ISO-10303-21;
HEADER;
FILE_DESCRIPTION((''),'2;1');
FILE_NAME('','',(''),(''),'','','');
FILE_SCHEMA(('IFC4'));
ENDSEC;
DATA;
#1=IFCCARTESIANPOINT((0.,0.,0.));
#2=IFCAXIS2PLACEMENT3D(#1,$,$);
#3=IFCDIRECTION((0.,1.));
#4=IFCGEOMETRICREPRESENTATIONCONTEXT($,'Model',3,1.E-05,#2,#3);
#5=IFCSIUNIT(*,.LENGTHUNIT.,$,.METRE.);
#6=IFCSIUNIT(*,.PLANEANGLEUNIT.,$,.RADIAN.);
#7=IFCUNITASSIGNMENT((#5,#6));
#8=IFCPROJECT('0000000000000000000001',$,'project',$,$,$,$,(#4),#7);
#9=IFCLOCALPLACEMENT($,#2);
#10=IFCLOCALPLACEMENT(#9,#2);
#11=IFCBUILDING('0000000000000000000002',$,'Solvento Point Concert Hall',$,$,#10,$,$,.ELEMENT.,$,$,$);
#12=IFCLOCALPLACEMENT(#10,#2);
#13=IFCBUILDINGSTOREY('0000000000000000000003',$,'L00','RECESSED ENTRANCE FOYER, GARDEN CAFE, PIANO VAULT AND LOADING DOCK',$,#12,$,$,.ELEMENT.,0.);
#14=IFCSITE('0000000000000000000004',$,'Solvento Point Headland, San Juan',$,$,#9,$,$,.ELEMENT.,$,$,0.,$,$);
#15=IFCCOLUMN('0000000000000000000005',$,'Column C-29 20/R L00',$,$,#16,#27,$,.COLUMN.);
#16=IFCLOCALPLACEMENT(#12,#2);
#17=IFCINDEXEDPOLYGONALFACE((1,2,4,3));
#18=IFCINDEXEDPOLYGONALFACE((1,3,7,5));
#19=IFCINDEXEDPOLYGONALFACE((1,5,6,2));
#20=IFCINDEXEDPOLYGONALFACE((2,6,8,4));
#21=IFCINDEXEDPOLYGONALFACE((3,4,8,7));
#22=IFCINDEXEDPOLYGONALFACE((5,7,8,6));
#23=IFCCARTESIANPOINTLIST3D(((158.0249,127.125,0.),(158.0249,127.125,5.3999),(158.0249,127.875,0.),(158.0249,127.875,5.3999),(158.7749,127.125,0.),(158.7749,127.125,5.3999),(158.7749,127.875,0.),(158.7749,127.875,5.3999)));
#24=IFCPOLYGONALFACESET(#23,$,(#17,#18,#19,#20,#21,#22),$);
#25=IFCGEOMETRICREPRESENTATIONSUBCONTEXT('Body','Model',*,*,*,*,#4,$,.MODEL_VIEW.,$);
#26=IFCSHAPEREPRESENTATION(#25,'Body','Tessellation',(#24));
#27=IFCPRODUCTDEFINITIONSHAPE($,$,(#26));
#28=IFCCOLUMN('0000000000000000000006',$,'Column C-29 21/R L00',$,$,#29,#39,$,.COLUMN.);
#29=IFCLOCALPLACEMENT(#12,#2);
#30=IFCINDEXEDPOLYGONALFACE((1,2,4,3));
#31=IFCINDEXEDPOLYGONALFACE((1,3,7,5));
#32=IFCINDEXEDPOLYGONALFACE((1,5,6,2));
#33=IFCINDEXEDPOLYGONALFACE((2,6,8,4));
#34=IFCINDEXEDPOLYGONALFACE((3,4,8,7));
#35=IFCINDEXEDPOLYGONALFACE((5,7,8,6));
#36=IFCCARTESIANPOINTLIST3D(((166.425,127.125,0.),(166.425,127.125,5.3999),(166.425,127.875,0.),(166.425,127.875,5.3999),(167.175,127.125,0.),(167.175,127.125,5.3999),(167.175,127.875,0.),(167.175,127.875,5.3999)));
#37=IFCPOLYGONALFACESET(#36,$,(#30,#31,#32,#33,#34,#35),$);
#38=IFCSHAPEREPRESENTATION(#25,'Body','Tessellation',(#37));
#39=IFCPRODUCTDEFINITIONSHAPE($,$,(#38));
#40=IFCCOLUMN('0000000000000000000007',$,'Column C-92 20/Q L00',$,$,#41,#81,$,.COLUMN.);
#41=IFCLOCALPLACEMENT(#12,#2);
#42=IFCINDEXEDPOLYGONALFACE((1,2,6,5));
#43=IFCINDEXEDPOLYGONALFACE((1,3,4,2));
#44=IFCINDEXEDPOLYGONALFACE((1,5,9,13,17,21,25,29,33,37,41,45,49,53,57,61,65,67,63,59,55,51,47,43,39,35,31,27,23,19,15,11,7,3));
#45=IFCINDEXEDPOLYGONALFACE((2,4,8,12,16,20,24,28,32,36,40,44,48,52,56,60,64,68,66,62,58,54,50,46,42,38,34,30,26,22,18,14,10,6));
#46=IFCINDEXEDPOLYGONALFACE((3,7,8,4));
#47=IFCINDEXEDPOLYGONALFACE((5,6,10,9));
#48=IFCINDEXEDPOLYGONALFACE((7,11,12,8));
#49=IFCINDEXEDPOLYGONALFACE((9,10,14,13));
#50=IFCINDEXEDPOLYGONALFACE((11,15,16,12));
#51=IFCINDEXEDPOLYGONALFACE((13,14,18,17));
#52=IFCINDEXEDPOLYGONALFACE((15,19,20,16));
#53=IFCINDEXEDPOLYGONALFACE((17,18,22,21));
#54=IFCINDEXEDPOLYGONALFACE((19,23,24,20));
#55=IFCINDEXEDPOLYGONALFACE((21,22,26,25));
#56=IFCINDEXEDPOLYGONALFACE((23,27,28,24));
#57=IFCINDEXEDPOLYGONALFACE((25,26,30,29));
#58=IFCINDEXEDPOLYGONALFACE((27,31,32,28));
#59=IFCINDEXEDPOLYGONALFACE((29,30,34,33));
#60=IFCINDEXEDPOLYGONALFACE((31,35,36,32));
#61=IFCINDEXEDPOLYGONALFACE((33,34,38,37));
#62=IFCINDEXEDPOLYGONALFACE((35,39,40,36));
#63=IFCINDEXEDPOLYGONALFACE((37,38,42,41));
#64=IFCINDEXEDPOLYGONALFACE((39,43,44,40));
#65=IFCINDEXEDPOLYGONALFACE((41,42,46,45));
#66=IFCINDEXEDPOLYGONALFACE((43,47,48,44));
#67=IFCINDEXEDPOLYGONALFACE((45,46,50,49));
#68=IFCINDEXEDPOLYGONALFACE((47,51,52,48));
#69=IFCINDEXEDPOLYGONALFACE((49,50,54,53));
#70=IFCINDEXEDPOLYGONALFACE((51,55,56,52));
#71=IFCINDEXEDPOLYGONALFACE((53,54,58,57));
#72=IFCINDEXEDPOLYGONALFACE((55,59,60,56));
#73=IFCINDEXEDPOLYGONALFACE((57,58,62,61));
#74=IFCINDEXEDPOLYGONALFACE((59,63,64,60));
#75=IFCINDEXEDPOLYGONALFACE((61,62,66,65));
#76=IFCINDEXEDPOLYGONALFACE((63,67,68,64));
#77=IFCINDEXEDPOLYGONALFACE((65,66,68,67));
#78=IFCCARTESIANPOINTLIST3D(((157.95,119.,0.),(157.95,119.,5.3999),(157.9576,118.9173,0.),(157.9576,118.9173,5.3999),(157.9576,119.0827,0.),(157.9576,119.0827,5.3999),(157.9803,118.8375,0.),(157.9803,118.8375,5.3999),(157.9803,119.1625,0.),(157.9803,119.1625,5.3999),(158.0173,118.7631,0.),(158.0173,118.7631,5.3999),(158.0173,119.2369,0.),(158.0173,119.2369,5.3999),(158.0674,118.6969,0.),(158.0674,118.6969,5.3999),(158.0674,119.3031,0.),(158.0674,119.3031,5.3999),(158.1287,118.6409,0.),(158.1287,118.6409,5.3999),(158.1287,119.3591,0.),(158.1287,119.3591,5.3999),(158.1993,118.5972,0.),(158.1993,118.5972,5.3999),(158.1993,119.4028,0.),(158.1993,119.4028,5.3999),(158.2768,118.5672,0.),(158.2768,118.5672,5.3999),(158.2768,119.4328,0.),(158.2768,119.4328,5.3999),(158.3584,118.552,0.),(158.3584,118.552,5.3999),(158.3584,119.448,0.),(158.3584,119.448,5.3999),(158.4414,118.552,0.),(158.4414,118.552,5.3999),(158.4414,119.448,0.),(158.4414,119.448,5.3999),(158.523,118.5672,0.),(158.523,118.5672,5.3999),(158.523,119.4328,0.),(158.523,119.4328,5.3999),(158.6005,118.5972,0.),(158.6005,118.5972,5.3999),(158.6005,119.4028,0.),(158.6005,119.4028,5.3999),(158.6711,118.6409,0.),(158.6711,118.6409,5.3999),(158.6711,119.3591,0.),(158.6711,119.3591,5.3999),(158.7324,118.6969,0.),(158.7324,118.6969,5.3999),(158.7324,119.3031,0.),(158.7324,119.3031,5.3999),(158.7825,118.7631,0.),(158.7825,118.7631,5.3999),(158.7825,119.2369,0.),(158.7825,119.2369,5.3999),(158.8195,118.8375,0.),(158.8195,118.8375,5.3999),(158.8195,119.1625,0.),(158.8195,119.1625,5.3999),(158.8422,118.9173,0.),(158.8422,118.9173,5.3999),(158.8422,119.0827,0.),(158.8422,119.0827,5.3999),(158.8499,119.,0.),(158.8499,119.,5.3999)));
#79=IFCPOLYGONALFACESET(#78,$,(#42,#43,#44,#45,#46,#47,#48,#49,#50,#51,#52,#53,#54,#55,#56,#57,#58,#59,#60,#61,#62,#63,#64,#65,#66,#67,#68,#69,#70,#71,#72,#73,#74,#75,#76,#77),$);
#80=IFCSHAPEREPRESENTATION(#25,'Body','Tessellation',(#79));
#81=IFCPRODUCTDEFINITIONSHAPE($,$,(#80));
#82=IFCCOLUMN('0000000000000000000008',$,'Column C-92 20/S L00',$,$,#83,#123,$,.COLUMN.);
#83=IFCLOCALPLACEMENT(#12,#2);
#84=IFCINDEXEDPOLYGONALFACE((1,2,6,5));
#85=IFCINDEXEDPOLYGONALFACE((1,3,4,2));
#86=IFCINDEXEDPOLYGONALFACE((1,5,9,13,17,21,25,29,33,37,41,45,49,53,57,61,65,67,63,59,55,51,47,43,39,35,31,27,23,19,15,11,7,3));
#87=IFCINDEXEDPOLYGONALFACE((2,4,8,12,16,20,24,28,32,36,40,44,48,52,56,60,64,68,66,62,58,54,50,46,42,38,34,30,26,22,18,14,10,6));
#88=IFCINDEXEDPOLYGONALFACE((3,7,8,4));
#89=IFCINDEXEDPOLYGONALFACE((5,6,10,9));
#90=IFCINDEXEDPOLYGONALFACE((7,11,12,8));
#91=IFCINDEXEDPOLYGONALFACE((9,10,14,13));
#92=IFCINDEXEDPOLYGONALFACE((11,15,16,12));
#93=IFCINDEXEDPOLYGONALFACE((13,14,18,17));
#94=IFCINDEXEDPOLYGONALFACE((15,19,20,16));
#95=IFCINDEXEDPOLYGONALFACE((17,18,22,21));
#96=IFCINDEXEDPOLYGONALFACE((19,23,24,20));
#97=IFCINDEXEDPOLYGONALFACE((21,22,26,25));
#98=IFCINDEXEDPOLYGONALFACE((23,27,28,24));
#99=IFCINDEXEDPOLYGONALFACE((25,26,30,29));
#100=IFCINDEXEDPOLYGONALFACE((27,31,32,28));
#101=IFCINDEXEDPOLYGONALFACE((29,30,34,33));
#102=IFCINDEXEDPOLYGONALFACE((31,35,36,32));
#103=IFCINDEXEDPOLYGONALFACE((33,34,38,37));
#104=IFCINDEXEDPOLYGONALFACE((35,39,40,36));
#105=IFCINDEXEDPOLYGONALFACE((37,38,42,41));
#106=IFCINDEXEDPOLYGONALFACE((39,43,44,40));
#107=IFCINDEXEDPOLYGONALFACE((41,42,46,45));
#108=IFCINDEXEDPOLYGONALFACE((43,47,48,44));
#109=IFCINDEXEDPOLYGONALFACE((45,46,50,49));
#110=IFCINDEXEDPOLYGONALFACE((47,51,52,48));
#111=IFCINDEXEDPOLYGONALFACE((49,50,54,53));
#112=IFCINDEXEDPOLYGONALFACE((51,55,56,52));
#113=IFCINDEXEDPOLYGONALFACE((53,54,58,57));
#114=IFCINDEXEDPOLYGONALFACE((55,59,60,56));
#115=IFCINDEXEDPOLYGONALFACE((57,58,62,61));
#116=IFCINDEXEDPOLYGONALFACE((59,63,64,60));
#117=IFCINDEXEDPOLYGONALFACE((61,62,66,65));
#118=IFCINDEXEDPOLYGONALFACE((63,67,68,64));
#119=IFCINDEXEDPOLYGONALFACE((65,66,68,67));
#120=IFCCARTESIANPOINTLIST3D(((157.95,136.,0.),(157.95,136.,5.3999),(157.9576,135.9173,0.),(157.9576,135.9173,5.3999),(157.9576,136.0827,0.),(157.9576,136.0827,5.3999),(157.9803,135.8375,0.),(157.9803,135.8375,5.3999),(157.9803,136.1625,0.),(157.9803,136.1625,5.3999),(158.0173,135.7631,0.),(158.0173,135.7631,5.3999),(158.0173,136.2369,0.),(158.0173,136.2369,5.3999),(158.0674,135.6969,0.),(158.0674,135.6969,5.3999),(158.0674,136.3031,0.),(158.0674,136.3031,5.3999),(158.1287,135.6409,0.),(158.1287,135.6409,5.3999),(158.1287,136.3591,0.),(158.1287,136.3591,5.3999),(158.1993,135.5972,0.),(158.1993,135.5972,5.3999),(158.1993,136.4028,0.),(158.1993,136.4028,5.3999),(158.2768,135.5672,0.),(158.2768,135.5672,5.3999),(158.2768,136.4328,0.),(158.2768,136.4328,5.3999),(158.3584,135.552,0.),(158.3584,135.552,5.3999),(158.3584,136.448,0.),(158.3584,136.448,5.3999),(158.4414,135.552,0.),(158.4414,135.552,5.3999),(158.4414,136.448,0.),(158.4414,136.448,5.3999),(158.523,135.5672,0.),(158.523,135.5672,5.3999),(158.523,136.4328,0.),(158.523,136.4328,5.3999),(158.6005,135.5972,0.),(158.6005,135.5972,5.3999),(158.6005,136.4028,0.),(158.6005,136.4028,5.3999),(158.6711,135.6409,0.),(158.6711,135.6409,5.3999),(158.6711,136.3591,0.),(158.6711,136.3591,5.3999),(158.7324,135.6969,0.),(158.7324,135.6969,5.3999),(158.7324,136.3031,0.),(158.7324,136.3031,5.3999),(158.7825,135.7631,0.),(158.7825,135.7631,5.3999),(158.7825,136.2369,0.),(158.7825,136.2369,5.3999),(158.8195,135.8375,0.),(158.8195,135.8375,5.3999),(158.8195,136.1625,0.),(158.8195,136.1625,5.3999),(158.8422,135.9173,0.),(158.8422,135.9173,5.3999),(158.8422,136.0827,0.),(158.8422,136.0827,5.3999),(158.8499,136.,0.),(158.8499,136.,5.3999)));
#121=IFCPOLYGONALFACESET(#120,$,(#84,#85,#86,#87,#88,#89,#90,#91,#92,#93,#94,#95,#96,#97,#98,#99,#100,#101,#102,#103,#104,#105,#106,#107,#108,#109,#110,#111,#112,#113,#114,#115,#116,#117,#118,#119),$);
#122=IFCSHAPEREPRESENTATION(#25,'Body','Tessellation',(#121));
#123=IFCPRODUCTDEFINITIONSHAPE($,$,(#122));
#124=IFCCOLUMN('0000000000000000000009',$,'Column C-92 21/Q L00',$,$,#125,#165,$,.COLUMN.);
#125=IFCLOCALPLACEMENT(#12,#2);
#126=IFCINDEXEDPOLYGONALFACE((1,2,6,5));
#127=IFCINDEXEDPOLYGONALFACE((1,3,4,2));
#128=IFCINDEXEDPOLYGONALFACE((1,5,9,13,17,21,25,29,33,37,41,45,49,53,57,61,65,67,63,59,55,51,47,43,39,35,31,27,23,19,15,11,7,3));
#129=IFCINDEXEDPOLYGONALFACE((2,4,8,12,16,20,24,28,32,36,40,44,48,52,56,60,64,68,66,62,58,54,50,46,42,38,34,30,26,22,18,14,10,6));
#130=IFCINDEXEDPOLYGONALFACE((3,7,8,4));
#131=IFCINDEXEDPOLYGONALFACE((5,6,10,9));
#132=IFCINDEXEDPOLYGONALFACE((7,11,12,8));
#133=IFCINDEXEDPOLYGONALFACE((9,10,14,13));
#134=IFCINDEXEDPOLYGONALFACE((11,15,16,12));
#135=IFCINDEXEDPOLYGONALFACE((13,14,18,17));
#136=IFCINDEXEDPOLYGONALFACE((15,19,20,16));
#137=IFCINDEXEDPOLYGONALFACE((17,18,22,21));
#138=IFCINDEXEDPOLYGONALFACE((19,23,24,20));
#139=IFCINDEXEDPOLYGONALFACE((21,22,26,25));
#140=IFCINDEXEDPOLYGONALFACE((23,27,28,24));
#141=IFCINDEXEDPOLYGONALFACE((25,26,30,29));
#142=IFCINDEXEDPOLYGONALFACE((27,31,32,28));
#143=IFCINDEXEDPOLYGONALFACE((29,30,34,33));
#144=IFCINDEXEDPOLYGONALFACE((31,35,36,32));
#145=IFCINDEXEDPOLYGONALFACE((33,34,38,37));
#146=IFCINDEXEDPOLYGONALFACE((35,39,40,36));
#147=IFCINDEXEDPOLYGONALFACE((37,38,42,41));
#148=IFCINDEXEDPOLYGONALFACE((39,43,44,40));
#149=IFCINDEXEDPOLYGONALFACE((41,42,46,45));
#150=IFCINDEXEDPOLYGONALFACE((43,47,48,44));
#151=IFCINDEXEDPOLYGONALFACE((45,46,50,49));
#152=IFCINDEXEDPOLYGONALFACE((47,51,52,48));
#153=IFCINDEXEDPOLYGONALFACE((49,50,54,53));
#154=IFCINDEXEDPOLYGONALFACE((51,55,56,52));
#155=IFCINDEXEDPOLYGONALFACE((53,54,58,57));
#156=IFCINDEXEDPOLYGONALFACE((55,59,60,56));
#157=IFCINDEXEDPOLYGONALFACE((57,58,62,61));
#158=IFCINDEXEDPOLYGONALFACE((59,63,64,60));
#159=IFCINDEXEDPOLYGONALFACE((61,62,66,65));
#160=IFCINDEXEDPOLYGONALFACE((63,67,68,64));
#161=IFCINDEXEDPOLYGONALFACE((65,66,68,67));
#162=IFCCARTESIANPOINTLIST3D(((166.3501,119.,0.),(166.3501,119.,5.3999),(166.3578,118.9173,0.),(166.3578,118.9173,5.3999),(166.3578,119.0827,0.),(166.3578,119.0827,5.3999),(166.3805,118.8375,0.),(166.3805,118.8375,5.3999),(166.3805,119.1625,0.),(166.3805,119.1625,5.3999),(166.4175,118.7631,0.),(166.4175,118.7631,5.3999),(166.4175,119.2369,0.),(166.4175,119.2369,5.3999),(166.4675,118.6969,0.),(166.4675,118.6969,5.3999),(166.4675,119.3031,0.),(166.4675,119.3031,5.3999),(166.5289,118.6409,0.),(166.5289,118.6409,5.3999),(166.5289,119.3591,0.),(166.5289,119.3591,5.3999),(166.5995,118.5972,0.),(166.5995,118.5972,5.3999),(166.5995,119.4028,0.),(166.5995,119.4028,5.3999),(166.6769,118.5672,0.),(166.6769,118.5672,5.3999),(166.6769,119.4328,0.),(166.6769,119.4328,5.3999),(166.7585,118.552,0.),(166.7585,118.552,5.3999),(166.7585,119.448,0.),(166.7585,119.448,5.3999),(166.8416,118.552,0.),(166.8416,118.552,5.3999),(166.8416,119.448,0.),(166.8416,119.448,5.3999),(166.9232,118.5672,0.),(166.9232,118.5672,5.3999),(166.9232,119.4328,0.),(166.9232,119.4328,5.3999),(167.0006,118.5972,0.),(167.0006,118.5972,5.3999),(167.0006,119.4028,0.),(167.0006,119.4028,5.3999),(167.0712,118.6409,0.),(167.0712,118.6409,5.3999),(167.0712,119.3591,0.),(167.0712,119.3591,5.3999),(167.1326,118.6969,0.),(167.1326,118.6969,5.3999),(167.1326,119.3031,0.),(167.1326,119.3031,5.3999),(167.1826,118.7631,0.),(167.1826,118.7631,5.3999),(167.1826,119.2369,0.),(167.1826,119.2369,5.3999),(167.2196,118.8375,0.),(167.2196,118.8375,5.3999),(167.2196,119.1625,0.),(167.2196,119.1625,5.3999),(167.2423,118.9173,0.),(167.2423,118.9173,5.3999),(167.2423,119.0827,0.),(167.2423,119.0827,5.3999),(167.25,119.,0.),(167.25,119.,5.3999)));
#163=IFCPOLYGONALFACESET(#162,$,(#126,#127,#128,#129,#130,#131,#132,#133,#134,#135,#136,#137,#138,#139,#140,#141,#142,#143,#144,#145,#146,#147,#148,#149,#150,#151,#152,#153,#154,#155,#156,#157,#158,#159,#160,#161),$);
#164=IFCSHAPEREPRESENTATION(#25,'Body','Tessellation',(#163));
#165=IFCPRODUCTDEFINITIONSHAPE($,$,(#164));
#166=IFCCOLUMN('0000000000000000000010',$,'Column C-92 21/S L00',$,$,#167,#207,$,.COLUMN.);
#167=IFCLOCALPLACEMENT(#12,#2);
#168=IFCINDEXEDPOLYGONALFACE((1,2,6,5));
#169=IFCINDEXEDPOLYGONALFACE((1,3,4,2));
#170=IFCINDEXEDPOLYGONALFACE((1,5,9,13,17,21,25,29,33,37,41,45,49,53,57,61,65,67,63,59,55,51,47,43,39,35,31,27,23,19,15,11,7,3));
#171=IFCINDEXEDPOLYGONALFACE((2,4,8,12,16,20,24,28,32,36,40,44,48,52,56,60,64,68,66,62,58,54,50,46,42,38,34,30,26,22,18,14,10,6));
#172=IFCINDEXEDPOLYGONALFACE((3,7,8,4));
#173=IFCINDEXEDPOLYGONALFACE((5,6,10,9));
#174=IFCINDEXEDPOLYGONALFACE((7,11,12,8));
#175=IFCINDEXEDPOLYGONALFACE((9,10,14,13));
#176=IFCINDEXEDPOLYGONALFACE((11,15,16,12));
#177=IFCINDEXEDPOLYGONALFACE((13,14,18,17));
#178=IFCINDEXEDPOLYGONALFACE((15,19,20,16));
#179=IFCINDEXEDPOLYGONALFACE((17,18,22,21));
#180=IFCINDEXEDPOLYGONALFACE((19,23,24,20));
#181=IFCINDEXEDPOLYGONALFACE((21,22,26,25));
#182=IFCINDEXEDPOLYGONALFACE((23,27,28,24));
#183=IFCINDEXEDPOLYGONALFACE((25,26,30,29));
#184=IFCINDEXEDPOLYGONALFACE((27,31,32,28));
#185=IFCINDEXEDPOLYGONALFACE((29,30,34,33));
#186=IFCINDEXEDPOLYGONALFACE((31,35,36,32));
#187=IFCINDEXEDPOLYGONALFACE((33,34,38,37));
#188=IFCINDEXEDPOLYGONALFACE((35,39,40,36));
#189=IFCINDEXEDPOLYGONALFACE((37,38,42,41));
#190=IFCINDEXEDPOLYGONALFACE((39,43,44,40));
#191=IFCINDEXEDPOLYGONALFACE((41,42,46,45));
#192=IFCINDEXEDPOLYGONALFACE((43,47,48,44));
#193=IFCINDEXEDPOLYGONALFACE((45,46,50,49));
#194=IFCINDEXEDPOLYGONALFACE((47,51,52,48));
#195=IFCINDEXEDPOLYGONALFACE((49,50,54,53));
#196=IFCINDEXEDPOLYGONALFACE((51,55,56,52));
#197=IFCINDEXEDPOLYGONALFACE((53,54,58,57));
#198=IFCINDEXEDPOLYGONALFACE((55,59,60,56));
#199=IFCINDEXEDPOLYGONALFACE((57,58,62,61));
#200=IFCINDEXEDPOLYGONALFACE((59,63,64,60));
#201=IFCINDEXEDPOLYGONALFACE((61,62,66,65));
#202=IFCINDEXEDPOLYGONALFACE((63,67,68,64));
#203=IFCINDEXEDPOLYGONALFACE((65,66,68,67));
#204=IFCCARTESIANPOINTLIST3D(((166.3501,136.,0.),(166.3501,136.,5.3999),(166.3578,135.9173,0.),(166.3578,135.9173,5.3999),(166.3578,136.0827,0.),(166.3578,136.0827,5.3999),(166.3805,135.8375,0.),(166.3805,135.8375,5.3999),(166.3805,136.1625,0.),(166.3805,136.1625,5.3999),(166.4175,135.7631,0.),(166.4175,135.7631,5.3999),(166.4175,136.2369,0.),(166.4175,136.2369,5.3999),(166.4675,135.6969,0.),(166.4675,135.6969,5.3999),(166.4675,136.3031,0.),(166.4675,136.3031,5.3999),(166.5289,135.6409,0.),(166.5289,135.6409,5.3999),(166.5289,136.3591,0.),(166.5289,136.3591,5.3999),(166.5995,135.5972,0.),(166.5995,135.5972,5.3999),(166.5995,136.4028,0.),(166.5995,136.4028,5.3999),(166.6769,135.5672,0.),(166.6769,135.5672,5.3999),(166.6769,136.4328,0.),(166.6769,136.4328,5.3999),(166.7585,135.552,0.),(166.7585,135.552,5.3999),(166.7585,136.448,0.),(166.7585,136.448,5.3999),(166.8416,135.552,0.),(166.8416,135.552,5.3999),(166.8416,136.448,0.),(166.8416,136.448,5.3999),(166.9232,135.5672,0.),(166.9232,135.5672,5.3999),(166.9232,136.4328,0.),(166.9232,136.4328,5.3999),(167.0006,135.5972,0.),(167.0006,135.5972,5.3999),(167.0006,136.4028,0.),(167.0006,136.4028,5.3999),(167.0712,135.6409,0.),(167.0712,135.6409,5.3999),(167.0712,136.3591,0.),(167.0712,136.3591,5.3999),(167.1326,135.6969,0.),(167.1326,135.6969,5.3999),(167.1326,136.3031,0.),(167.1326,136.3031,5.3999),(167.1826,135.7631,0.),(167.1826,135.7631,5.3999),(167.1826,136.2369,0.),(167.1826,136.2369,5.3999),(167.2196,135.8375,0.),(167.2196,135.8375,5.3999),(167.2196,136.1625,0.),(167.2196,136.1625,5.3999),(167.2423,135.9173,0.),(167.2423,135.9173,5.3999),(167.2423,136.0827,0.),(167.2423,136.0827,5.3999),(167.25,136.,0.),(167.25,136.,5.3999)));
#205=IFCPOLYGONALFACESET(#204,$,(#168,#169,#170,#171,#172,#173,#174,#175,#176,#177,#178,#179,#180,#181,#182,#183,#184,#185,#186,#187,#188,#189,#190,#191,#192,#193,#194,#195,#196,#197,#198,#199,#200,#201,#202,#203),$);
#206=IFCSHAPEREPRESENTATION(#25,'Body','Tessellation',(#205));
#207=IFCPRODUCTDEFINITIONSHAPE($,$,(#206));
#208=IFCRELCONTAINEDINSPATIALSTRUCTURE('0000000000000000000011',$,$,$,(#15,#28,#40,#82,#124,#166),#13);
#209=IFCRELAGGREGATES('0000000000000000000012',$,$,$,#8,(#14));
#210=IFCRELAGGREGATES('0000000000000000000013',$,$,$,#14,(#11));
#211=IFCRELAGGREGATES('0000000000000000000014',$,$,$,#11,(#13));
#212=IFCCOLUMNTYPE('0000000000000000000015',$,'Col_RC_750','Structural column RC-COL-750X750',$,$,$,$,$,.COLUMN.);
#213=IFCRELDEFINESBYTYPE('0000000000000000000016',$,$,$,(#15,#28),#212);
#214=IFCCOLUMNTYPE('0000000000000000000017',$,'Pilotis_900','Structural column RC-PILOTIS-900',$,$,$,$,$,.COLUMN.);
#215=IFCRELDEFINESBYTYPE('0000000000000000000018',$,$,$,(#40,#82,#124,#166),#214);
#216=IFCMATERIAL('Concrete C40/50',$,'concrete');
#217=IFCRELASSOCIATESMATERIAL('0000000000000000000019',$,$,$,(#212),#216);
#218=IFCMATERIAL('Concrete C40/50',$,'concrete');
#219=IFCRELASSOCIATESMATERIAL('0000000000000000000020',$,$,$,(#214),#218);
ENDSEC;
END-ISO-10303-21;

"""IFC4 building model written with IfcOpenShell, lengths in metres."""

from ifc_helpers import new_model, si_unit, direction, frame, origin, origin_2d, place, context, subcontext, project, spatial, rectangle, circle, extrude, material, material_profile, profile_set, type_object, element, save


model = new_model("IFC4")

# Units and contexts
model_context = context("Model", 3, precision=1e-05, world=origin(), true_north=direction((0.0, 1.0)))
body_context = subcontext(model_context, "Body", "Model", "MODEL_VIEW")
ifc_project = project(units=[si_unit("LENGTHUNIT", "METRE"), si_unit("PLANEANGLEUNIT", "RADIAN")], contexts=[model_context])

# Site, building, storey
site_placement = place(None, origin())
site = spatial("IfcSite", under=ifc_project, at=site_placement, Name="Solvento Point Headland, San Juan", CompositionType="ELEMENT", RefElevation=0.0)
building_placement = place(site_placement, origin())
building = spatial("IfcBuilding", under=site, at=building_placement, Name="Solvento Point Concert Hall", CompositionType="ELEMENT")
storey_placement = place(building_placement, origin())
storey = spatial("IfcBuildingStorey", under=building, at=storey_placement, Name="L00", Description="RECESSED ENTRANCE FOYER, GARDEN CAFE, PIANO VAULT AND LOADING DOCK", CompositionType="ELEMENT", Elevation=0.0)

# Columns
ifc_material_1 = material(Name="Concrete C40/50", Category="concrete")
ifc_material_profile_1 = material_profile(ifc_material_1, rectangle(XDim=0.75, YDim=0.75, at=origin_2d()), Name="RC-COL-750X750")
ifc_profile_set_1 = profile_set([ifc_material_profile_1], Name="Concrete C40/50")
column_type_1 = type_object("IfcColumnType", Name="Col_RC_750", Description="Structural column RC-COL-750X750", PredefinedType="COLUMN", material=ifc_profile_set_1)
for number, where, z_axis, x_axis, name in (
    (1, (158.3999, 127.5, 0.0), (0.0, 0.0, 1.0), (1.0, 0.0, 0.0), "Column C-29 20/R L00"),
    (2, (166.8, 127.5, 0.0), (0.0, 0.0, 1.0), (1.0, 0.0, 0.0), "Column C-29 21/R L00"),
):
    element("IfcColumn", number, at=place(storey_placement, frame(where, z_axis=z_axis, x_axis=x_axis)), inside=storey, type_object=column_type_1, Name=name, PredefinedType="COLUMN", context=body_context, shape_type="SweptSolid", body=[
        extrude(rectangle(XDim=0.75, YDim=0.75, at=origin_2d()), origin(), (0.0, 0.0, 1.0), 5.3999),
    ])
ifc_material_2 = material(Name="Concrete C40/50", Category="concrete")
ifc_material_profile_2 = material_profile(ifc_material_2, circle(Radius=0.45, at=origin_2d()), Name="RC-PILOTIS-900")
ifc_profile_set_2 = profile_set([ifc_material_profile_2], Name="Concrete C40/50")
column_type_2 = type_object("IfcColumnType", Name="Pilotis_900", Description="Structural column RC-PILOTIS-900", PredefinedType="COLUMN", material=ifc_profile_set_2)
for number, where, z_axis, x_axis, name in (
    (3, (158.3999, 119.0, 0.0), (0.0, 0.0, 1.0), (1.0, 0.0, 0.0), "Column C-92 20/Q L00"),
    (4, (158.3999, 136.0, 0.0), (0.0, 0.0, 1.0), (1.0, 0.0, 0.0), "Column C-92 20/S L00"),
    (5, (166.8, 119.0, 0.0), (0.0, 0.0, 1.0), (1.0, 0.0, 0.0), "Column C-92 21/Q L00"),
    (6, (166.8, 136.0, 0.0), (0.0, 0.0, 1.0), (1.0, 0.0, 0.0), "Column C-92 21/S L00"),
):
    element("IfcColumn", number, at=place(storey_placement, frame(where, z_axis=z_axis, x_axis=x_axis)), inside=storey, type_object=column_type_2, Name=name, PredefinedType="COLUMN", context=body_context, shape_type="SweptSolid", body=[
        extrude(circle(Radius=0.45, at=origin_2d()), origin(), (0.0, 0.0, 1.0), 5.3999),
    ])

save(model, "model.ifc")
